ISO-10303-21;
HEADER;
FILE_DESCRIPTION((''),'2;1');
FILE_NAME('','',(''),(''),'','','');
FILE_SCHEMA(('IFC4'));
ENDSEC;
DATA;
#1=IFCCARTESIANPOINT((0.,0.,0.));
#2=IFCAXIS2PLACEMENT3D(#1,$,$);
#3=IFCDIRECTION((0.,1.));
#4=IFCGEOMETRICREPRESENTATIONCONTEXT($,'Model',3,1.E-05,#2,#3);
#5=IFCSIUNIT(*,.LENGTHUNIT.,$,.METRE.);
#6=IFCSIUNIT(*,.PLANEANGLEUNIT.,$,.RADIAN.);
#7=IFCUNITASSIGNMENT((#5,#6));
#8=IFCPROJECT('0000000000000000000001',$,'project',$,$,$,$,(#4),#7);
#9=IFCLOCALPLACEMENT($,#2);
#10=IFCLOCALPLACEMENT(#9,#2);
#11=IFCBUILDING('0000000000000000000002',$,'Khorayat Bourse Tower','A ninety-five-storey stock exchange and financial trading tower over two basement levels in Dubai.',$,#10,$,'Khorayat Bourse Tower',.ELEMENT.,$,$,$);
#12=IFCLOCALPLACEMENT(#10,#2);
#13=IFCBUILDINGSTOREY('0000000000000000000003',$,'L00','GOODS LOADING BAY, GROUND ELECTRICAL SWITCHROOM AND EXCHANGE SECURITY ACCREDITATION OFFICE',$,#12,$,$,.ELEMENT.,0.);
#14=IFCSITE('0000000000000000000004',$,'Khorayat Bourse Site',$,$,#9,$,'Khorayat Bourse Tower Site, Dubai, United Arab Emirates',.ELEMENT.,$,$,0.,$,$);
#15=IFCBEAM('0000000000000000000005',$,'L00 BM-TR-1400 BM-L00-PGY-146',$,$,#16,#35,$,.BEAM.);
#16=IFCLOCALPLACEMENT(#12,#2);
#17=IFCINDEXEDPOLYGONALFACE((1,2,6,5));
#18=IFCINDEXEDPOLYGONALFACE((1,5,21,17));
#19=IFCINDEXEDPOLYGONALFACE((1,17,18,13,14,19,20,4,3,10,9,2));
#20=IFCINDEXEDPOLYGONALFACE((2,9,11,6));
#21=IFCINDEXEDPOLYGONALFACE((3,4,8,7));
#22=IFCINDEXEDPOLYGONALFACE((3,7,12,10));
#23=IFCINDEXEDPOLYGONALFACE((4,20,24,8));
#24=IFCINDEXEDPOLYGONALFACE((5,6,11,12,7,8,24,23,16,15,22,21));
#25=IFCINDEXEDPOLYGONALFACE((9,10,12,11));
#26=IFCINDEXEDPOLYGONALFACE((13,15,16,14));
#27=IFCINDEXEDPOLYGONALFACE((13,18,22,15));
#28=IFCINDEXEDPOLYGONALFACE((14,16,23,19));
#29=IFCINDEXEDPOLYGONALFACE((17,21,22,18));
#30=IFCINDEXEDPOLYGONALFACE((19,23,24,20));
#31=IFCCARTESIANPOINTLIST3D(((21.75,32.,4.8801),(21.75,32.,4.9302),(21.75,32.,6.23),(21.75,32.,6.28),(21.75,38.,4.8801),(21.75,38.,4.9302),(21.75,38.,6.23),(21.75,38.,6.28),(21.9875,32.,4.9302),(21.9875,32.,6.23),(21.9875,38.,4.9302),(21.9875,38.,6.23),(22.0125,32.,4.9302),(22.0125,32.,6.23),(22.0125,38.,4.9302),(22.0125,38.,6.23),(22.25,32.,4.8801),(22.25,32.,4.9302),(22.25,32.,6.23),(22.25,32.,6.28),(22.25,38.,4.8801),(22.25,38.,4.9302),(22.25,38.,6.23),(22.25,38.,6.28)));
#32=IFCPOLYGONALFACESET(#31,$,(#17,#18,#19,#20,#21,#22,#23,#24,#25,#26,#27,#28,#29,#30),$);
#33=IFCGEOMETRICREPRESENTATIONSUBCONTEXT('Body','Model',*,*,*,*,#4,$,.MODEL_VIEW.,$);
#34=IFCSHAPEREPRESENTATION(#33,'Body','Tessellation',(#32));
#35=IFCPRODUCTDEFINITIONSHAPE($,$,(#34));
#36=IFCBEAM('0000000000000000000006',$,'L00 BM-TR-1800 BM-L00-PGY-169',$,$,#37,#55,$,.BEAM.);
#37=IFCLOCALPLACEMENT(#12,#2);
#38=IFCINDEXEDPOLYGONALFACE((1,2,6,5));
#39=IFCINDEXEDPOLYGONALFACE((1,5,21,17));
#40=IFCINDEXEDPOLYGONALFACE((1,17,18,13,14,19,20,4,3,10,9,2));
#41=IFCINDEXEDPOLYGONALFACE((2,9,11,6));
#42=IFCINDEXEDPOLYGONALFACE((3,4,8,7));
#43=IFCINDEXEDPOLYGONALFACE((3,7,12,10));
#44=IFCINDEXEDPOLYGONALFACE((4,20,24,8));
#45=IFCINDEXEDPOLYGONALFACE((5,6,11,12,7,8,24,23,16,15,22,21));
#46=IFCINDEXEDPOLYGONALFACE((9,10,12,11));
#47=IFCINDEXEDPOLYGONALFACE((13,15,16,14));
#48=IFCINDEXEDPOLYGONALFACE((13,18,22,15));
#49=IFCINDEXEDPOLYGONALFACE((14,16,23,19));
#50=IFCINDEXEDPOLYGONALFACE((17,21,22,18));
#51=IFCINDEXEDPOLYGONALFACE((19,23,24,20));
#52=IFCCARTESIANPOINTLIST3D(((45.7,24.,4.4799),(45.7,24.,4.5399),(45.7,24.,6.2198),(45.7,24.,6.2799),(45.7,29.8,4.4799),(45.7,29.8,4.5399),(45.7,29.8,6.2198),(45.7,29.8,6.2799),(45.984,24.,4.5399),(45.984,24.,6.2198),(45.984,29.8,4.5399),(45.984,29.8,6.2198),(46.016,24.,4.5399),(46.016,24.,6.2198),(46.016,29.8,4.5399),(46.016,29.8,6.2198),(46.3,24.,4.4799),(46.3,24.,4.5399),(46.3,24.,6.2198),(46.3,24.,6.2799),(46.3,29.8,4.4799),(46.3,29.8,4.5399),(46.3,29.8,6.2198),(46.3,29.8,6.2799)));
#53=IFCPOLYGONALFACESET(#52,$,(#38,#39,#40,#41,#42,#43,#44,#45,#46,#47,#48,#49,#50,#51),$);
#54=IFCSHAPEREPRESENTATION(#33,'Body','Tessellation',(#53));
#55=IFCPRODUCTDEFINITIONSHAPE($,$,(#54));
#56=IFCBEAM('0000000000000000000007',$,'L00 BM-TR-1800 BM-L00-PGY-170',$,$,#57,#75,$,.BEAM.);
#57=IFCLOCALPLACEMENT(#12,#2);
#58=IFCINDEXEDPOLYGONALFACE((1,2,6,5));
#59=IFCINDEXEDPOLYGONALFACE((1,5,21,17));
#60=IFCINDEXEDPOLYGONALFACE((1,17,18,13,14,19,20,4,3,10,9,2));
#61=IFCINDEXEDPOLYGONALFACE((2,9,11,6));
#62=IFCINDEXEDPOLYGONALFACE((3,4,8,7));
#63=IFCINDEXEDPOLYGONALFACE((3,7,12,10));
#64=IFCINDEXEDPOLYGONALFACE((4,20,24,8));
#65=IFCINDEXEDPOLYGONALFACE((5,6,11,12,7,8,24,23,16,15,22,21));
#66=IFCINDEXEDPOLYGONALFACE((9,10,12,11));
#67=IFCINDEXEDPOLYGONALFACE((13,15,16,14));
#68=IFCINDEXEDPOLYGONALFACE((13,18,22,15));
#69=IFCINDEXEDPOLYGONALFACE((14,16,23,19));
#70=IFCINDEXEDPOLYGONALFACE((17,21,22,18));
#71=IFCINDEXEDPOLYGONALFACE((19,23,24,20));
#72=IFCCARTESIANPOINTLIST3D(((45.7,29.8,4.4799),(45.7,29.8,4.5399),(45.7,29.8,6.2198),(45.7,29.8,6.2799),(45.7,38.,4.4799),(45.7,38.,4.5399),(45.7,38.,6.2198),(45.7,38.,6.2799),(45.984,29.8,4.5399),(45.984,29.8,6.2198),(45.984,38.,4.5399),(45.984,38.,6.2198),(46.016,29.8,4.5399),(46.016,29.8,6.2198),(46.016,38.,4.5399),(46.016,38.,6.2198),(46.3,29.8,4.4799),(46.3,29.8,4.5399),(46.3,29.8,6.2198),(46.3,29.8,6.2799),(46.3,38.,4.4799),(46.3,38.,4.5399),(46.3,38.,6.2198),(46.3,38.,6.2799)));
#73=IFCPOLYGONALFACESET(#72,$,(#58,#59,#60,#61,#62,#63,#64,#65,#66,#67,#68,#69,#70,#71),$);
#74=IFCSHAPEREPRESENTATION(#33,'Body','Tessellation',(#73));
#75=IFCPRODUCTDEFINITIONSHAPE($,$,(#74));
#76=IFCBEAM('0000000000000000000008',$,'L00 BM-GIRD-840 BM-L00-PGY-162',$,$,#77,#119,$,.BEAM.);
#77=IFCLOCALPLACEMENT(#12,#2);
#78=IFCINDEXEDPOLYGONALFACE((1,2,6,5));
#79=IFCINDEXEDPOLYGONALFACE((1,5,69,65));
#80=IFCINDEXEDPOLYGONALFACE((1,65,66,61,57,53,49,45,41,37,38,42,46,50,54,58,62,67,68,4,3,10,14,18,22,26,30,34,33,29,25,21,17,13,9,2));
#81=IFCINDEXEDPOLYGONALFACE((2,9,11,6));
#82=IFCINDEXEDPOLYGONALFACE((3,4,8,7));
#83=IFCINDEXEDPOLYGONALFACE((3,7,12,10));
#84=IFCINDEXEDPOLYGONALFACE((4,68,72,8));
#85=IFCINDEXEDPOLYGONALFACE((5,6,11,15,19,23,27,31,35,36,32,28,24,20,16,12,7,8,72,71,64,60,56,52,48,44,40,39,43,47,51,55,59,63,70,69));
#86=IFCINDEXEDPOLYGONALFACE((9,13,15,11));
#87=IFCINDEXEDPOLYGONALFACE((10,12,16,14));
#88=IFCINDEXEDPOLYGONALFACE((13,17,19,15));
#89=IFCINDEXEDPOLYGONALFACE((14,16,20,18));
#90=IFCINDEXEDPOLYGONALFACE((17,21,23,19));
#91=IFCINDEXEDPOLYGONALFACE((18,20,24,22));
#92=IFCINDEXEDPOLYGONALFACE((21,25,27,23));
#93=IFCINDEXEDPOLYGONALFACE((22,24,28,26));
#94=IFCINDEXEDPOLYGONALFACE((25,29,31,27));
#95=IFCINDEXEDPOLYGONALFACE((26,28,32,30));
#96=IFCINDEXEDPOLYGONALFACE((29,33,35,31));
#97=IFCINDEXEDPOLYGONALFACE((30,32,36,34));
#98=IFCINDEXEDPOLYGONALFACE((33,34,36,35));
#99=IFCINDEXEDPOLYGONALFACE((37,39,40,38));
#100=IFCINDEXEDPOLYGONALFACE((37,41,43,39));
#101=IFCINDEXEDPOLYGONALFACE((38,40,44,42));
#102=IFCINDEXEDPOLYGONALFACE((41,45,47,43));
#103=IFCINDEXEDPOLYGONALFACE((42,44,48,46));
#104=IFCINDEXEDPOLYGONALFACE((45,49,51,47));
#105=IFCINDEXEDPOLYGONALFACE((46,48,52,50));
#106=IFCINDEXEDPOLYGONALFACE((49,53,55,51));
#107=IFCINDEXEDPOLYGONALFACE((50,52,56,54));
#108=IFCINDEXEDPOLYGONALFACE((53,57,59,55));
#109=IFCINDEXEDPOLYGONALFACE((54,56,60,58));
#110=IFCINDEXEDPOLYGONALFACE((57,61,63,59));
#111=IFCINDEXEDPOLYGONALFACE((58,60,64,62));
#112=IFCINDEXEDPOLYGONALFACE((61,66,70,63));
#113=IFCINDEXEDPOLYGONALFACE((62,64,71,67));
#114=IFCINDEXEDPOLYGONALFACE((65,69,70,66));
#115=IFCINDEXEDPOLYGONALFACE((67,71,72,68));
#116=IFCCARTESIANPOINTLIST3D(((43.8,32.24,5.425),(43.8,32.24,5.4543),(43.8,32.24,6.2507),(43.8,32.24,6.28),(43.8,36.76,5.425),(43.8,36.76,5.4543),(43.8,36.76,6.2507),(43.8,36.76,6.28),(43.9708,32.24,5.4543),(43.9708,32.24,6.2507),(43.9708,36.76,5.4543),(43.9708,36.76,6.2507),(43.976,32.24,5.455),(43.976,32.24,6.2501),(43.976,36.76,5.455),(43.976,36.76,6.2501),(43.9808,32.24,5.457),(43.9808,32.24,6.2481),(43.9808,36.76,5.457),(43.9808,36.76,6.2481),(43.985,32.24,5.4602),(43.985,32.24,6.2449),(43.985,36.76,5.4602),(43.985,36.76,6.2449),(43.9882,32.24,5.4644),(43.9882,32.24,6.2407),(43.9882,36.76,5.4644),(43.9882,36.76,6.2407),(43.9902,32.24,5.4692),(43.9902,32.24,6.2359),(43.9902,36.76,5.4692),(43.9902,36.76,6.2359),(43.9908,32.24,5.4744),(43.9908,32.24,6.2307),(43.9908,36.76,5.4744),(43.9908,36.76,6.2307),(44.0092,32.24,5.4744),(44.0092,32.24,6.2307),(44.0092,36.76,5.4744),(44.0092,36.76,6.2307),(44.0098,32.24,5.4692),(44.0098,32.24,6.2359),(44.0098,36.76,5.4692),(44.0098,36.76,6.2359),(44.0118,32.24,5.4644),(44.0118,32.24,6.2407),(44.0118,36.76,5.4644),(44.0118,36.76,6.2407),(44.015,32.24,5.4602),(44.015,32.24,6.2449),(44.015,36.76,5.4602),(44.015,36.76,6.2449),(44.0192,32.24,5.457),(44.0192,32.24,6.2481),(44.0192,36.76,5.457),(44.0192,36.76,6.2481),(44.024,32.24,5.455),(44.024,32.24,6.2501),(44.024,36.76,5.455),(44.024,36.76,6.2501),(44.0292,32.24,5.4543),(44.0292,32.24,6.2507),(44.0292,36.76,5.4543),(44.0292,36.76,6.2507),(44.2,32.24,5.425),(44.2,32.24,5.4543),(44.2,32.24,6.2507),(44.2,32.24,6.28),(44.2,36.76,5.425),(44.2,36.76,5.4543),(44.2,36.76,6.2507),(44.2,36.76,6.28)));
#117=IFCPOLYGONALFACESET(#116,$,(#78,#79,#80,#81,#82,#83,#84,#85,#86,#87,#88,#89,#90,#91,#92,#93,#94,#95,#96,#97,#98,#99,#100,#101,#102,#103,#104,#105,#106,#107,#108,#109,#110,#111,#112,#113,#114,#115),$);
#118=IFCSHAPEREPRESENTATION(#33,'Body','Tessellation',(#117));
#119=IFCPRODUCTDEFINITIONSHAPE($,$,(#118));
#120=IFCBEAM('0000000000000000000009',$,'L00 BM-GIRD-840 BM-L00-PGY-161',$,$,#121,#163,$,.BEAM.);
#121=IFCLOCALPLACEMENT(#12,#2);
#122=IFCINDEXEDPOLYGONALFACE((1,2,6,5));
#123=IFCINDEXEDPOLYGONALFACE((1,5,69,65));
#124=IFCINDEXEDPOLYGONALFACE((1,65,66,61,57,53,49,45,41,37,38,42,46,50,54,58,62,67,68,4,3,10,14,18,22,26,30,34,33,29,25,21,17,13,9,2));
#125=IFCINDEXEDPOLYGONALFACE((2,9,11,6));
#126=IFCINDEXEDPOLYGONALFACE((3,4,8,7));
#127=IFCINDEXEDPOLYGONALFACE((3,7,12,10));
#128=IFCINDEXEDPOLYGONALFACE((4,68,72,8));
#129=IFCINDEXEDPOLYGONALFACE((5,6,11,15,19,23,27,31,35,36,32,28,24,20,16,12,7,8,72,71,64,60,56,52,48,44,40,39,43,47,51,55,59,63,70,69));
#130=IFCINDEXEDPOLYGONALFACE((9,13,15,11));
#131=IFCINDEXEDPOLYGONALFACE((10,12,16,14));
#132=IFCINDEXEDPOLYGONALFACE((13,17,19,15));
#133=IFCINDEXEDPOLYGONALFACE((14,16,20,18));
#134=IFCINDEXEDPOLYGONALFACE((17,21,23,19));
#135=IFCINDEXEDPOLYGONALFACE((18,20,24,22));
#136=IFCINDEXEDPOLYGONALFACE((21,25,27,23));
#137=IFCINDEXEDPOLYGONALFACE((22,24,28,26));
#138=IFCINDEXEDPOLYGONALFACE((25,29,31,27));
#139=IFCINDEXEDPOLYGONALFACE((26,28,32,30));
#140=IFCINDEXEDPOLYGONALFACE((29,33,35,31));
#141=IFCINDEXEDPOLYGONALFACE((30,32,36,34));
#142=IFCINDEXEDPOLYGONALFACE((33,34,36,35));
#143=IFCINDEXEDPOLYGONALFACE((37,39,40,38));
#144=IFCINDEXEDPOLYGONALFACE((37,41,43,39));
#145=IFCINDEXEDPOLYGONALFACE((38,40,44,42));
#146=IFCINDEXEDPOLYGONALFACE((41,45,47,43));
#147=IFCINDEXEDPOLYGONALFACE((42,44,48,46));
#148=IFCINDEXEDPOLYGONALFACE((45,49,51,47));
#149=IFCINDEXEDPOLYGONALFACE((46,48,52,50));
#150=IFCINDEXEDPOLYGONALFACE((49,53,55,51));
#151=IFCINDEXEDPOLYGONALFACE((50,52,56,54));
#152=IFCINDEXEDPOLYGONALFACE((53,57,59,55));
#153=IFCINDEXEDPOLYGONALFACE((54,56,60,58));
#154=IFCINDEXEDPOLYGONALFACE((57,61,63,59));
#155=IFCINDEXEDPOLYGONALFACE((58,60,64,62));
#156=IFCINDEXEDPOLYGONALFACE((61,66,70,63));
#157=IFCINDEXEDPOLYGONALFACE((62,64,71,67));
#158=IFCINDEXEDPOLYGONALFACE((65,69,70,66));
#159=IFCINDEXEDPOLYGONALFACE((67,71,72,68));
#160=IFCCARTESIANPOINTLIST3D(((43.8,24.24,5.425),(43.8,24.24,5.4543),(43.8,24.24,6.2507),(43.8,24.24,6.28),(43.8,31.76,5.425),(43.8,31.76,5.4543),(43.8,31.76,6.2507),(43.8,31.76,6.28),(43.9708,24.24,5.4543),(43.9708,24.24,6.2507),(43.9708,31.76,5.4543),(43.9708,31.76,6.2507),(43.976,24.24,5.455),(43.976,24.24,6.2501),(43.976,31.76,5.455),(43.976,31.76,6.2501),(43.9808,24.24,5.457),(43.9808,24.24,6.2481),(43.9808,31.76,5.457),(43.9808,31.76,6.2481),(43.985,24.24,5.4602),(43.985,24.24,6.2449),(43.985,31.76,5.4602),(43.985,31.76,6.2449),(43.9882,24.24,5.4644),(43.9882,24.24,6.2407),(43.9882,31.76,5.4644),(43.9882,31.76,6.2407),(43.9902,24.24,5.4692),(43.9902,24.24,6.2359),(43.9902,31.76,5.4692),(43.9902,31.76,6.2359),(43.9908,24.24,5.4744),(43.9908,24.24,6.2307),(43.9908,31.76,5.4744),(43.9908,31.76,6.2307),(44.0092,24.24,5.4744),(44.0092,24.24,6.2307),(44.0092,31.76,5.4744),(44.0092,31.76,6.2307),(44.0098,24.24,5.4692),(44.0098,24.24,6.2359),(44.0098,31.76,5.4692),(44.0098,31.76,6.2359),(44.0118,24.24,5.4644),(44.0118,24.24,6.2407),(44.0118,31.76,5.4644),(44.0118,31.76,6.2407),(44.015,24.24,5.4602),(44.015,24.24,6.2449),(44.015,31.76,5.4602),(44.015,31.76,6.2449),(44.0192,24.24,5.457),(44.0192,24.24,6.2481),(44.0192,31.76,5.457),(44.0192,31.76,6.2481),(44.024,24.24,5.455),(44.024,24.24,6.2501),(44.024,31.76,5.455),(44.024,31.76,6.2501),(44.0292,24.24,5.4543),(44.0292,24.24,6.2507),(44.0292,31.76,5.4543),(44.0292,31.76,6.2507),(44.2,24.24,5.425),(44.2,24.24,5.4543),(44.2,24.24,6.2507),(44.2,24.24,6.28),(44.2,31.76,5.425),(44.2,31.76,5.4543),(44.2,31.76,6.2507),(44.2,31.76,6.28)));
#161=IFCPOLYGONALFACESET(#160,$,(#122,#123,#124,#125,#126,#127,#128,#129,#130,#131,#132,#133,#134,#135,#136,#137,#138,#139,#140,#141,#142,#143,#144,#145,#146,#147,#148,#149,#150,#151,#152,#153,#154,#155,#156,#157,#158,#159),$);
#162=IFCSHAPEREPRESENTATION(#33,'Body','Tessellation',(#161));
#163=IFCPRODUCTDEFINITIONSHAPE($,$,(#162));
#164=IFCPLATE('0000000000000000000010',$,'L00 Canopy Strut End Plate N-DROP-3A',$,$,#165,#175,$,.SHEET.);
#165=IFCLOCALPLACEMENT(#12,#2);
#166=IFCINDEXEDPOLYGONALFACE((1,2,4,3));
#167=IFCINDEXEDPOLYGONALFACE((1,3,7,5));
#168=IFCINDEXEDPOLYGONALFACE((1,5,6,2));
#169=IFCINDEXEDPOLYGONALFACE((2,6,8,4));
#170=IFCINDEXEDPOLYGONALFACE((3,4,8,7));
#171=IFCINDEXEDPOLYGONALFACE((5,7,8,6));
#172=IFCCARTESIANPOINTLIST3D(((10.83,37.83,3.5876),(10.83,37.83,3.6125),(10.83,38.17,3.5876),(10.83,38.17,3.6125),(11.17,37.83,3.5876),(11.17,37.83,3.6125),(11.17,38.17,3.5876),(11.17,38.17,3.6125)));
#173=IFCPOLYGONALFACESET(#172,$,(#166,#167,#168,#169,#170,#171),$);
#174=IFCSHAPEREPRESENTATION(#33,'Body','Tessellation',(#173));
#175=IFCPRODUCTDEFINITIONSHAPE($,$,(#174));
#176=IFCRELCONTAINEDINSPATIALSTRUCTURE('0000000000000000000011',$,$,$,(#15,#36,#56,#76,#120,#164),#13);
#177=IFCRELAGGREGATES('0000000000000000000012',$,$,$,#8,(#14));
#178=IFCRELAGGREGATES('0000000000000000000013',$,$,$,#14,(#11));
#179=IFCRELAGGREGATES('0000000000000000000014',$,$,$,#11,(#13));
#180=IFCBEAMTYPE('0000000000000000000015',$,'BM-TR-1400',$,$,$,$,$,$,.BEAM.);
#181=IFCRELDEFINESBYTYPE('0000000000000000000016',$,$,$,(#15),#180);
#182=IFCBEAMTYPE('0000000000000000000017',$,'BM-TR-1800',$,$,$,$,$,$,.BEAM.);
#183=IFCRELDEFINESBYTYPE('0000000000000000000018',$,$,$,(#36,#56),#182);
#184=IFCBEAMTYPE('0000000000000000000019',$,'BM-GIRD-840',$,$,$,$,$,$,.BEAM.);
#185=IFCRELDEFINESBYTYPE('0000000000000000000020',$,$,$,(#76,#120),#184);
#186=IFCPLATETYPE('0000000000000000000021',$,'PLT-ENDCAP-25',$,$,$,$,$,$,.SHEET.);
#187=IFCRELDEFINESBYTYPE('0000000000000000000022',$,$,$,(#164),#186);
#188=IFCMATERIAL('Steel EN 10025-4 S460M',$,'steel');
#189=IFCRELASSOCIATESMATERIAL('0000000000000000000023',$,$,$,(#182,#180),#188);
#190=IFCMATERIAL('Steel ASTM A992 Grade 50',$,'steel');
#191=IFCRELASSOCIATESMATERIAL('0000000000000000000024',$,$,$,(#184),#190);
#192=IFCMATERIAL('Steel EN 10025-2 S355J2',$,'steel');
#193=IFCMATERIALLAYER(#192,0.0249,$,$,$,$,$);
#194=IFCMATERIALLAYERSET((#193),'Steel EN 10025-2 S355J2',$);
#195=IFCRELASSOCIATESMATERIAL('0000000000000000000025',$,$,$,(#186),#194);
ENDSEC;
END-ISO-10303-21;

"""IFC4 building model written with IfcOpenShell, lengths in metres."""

from ifc_helpers import new_model, si_unit, direction, frame, origin, origin_2d, place, context, subcontext, project, spatial, rectangle, i_section, extrude, source, transform, mapped, material, layer, layer_set, material_profile, profile_set, type_object, element, save


model = new_model("IFC4")

# Units and contexts
model_context = context("Model", 3, precision=1e-05, world=origin(), true_north=direction((0.0, 1.0)))
body_context = subcontext(model_context, "Body", "Model", "MODEL_VIEW")
ifc_project = project(units=[si_unit("LENGTHUNIT", "METRE"), si_unit("PLANEANGLEUNIT", "RADIAN")], contexts=[model_context])

# Site, building, storey
site_placement = place(None, origin())
site = spatial("IfcSite", under=ifc_project, at=site_placement, Name="Khorayat Bourse Site", LongName="Khorayat Bourse Tower Site, Dubai, United Arab Emirates", CompositionType="ELEMENT", RefElevation=0.0)
building_placement = place(site_placement, origin())
building = spatial("IfcBuilding", under=site, at=building_placement, Name="Khorayat Bourse Tower", Description="A ninety-five-storey stock exchange and financial trading tower over two basement levels in Dubai.", LongName="Khorayat Bourse Tower", CompositionType="ELEMENT")
storey_placement = place(building_placement, origin())
storey = spatial("IfcBuildingStorey", under=building, at=storey_placement, Name="L00", Description="GOODS LOADING BAY, GROUND ELECTRICAL SWITCHROOM AND EXCHANGE SECURITY ACCREDITATION OFFICE", CompositionType="ELEMENT", Elevation=0.0)

# Shared definitions
ifc_material_1 = material(Name="Steel EN 10025-2 S355J2", Category="steel")

# Beams
ifc_material_2 = material(Name="Steel EN 10025-4 S460M", Category="steel")
ifc_material_profile_1 = material_profile(ifc_material_2, i_section(OverallWidth=0.6001, OverallDepth=1.8, WebThickness=0.032, FlangeThickness=0.0601, at=origin_2d()), Name="PG 1800x600x32x60")
ifc_profile_set_1 = profile_set([ifc_material_profile_1], Name="Steel EN 10025-4 S460M")
beam_type_1 = type_object("IfcBeamType", Name="BM-TR-1800", PredefinedType="BEAM", material=ifc_profile_set_1)
ifc_material_profile_2 = material_profile(ifc_material_2, i_section(OverallWidth=0.5, OverallDepth=1.3999, WebThickness=0.0249, FlangeThickness=0.05, at=origin_2d()), Name="PG 1400x500x25x50")
ifc_profile_set_2 = profile_set([ifc_material_profile_2], Name="Steel EN 10025-4 S460M")
beam_type_2 = type_object("IfcBeamType", Name="BM-TR-1400", PredefinedType="BEAM", material=ifc_profile_set_2)
shared_shape_1 = source(origin(), body_context, "Body", "SweptSolid", [
    extrude(i_section(OverallWidth=0.5, OverallDepth=1.3999, WebThickness=0.0249, FlangeThickness=0.05, at=origin_2d()), origin(), (0.0, 0.0, 1.0), 6.0),
])
for number, where, z_axis, x_axis, name in (
    (1, (22.0, 32.0, 5.5801), (0.0, 1.0, 0.0), (-1.0, 0.0, 0.0), "L00 BM-TR-1400 BM-L00-PGY-146"),
):
    element("IfcBeam", number, at=place(storey_placement, frame(where, z_axis=z_axis, x_axis=x_axis)), inside=storey, type_object=beam_type_2, Name=name, PredefinedType="BEAM", context=body_context, shape_type="MappedRepresentation", body=[
        mapped(shared_shape_1, transform((0.0, 0.0, 0.0), scale=1.0)),
    ])
shared_shape_2 = source(origin(), body_context, "Body", "SweptSolid", [
    extrude(i_section(OverallWidth=0.6001, OverallDepth=1.8, WebThickness=0.032, FlangeThickness=0.0601, at=origin_2d()), origin(), (0.0, 0.0, 1.0), 5.8),
])
beam_1_placement = place(storey_placement, frame((46.0, 24.0, 5.3799), z_axis=(0.0, 1.0, 0.0), x_axis=(-1.0, 0.0, 0.0)))
element("IfcBeam", 2, at=beam_1_placement, inside=storey, type_object=beam_type_1, Name="L00 BM-TR-1800 BM-L00-PGY-169", PredefinedType="BEAM", context=body_context, shape_type="MappedRepresentation", body=[
    mapped(shared_shape_2, transform((0.0, 0.0, 0.0), scale=1.0)),
])
shared_shape_3 = source(origin(), body_context, "Body", "SweptSolid", [
    extrude(i_section(OverallWidth=0.6001, OverallDepth=1.8, WebThickness=0.032, FlangeThickness=0.0601, at=origin_2d()), origin(), (0.0, 0.0, 1.0), 8.2),
])
beam_2_placement = place(storey_placement, frame((46.0, 29.8, 5.3799), z_axis=(0.0, 1.0, 0.0), x_axis=(-1.0, 0.0, 0.0)))
element("IfcBeam", 3, at=beam_2_placement, inside=storey, type_object=beam_type_1, Name="L00 BM-TR-1800 BM-L00-PGY-170", PredefinedType="BEAM", context=body_context, shape_type="MappedRepresentation", body=[
    mapped(shared_shape_3, transform((0.0, 0.0, 0.0), scale=1.0)),
])
ifc_material_3 = material(Name="Steel ASTM A992 Grade 50", Category="steel")
ifc_material_profile_3 = material_profile(ifc_material_3, i_section(OverallWidth=0.3999, OverallDepth=0.855, WebThickness=0.0183, FlangeThickness=0.0293, FilletRadius=0.02, at=origin_2d()), Name="W840X299")
ifc_profile_set_3 = profile_set([ifc_material_profile_3], Name="Steel ASTM A992 Grade 50")
beam_type_3 = type_object("IfcBeamType", Name="BM-GIRD-840", PredefinedType="BEAM", material=ifc_profile_set_3)
shared_shape_4 = source(origin(), body_context, "Body", "SweptSolid", [
    extrude(i_section(OverallWidth=0.3999, OverallDepth=0.855, WebThickness=0.0183, FlangeThickness=0.0293, FilletRadius=0.02, at=origin_2d()), origin(), (0.0, 0.0, 1.0), 4.52),
])
beam_3_placement = place(storey_placement, frame((44.0, 32.24, 5.8525), z_axis=(0.0, 1.0, 0.0), x_axis=(-1.0, 0.0, 0.0)))
element("IfcBeam", 4, at=beam_3_placement, inside=storey, type_object=beam_type_3, Name="L00 BM-GIRD-840 BM-L00-PGY-162", PredefinedType="BEAM", context=body_context, shape_type="MappedRepresentation", body=[
    mapped(shared_shape_4, transform((0.0, 0.0, 0.0), scale=1.0)),
])
shared_shape_5 = source(origin(), body_context, "Body", "SweptSolid", [
    extrude(i_section(OverallWidth=0.3999, OverallDepth=0.855, WebThickness=0.0183, FlangeThickness=0.0293, FilletRadius=0.02, at=origin_2d()), origin(), (0.0, 0.0, 1.0), 7.52),
])
beam_4_placement = place(storey_placement, frame((44.0, 24.24, 5.8525), z_axis=(0.0, 1.0, 0.0), x_axis=(-1.0, 0.0, 0.0)))
element("IfcBeam", 5, at=beam_4_placement, inside=storey, type_object=beam_type_3, Name="L00 BM-GIRD-840 BM-L00-PGY-161", PredefinedType="BEAM", context=body_context, shape_type="MappedRepresentation", body=[
    mapped(shared_shape_5, transform((0.0, 0.0, 0.0), scale=1.0)),
])

# Plate
ifc_layer_1 = layer(ifc_material_1, 0.0249)
ifc_layer_set_1 = layer_set([ifc_layer_1], Name="Steel EN 10025-2 S355J2")
plate_type = type_object("IfcPlateType", Name="PLT-ENDCAP-25", PredefinedType="SHEET", material=ifc_layer_set_1)
shared_shape_6 = source(origin(), body_context, "Body", "SweptSolid", [
    extrude(rectangle(XDim=0.3401, YDim=0.3401, at=origin_2d()), origin(), (0.0, 0.0, 1.0), 0.0249),
])
for number, where, z_axis, x_axis, name in (
    (6, (11.0, 38.0, 3.5876), (0.0, 0.0, 1.0), (1.0, 0.0, 0.0), "L00 Canopy Strut End Plate N-DROP-3A"),
):
    element("IfcPlate", number, at=place(storey_placement, frame(where, z_axis=z_axis, x_axis=x_axis)), inside=storey, type_object=plate_type, Name=name, PredefinedType="SHEET", context=body_context, shape_type="MappedRepresentation", body=[
        mapped(shared_shape_6, transform((0.0, 0.0, 0.0), scale=1.0)),
    ])

save(model, "model.ifc")
